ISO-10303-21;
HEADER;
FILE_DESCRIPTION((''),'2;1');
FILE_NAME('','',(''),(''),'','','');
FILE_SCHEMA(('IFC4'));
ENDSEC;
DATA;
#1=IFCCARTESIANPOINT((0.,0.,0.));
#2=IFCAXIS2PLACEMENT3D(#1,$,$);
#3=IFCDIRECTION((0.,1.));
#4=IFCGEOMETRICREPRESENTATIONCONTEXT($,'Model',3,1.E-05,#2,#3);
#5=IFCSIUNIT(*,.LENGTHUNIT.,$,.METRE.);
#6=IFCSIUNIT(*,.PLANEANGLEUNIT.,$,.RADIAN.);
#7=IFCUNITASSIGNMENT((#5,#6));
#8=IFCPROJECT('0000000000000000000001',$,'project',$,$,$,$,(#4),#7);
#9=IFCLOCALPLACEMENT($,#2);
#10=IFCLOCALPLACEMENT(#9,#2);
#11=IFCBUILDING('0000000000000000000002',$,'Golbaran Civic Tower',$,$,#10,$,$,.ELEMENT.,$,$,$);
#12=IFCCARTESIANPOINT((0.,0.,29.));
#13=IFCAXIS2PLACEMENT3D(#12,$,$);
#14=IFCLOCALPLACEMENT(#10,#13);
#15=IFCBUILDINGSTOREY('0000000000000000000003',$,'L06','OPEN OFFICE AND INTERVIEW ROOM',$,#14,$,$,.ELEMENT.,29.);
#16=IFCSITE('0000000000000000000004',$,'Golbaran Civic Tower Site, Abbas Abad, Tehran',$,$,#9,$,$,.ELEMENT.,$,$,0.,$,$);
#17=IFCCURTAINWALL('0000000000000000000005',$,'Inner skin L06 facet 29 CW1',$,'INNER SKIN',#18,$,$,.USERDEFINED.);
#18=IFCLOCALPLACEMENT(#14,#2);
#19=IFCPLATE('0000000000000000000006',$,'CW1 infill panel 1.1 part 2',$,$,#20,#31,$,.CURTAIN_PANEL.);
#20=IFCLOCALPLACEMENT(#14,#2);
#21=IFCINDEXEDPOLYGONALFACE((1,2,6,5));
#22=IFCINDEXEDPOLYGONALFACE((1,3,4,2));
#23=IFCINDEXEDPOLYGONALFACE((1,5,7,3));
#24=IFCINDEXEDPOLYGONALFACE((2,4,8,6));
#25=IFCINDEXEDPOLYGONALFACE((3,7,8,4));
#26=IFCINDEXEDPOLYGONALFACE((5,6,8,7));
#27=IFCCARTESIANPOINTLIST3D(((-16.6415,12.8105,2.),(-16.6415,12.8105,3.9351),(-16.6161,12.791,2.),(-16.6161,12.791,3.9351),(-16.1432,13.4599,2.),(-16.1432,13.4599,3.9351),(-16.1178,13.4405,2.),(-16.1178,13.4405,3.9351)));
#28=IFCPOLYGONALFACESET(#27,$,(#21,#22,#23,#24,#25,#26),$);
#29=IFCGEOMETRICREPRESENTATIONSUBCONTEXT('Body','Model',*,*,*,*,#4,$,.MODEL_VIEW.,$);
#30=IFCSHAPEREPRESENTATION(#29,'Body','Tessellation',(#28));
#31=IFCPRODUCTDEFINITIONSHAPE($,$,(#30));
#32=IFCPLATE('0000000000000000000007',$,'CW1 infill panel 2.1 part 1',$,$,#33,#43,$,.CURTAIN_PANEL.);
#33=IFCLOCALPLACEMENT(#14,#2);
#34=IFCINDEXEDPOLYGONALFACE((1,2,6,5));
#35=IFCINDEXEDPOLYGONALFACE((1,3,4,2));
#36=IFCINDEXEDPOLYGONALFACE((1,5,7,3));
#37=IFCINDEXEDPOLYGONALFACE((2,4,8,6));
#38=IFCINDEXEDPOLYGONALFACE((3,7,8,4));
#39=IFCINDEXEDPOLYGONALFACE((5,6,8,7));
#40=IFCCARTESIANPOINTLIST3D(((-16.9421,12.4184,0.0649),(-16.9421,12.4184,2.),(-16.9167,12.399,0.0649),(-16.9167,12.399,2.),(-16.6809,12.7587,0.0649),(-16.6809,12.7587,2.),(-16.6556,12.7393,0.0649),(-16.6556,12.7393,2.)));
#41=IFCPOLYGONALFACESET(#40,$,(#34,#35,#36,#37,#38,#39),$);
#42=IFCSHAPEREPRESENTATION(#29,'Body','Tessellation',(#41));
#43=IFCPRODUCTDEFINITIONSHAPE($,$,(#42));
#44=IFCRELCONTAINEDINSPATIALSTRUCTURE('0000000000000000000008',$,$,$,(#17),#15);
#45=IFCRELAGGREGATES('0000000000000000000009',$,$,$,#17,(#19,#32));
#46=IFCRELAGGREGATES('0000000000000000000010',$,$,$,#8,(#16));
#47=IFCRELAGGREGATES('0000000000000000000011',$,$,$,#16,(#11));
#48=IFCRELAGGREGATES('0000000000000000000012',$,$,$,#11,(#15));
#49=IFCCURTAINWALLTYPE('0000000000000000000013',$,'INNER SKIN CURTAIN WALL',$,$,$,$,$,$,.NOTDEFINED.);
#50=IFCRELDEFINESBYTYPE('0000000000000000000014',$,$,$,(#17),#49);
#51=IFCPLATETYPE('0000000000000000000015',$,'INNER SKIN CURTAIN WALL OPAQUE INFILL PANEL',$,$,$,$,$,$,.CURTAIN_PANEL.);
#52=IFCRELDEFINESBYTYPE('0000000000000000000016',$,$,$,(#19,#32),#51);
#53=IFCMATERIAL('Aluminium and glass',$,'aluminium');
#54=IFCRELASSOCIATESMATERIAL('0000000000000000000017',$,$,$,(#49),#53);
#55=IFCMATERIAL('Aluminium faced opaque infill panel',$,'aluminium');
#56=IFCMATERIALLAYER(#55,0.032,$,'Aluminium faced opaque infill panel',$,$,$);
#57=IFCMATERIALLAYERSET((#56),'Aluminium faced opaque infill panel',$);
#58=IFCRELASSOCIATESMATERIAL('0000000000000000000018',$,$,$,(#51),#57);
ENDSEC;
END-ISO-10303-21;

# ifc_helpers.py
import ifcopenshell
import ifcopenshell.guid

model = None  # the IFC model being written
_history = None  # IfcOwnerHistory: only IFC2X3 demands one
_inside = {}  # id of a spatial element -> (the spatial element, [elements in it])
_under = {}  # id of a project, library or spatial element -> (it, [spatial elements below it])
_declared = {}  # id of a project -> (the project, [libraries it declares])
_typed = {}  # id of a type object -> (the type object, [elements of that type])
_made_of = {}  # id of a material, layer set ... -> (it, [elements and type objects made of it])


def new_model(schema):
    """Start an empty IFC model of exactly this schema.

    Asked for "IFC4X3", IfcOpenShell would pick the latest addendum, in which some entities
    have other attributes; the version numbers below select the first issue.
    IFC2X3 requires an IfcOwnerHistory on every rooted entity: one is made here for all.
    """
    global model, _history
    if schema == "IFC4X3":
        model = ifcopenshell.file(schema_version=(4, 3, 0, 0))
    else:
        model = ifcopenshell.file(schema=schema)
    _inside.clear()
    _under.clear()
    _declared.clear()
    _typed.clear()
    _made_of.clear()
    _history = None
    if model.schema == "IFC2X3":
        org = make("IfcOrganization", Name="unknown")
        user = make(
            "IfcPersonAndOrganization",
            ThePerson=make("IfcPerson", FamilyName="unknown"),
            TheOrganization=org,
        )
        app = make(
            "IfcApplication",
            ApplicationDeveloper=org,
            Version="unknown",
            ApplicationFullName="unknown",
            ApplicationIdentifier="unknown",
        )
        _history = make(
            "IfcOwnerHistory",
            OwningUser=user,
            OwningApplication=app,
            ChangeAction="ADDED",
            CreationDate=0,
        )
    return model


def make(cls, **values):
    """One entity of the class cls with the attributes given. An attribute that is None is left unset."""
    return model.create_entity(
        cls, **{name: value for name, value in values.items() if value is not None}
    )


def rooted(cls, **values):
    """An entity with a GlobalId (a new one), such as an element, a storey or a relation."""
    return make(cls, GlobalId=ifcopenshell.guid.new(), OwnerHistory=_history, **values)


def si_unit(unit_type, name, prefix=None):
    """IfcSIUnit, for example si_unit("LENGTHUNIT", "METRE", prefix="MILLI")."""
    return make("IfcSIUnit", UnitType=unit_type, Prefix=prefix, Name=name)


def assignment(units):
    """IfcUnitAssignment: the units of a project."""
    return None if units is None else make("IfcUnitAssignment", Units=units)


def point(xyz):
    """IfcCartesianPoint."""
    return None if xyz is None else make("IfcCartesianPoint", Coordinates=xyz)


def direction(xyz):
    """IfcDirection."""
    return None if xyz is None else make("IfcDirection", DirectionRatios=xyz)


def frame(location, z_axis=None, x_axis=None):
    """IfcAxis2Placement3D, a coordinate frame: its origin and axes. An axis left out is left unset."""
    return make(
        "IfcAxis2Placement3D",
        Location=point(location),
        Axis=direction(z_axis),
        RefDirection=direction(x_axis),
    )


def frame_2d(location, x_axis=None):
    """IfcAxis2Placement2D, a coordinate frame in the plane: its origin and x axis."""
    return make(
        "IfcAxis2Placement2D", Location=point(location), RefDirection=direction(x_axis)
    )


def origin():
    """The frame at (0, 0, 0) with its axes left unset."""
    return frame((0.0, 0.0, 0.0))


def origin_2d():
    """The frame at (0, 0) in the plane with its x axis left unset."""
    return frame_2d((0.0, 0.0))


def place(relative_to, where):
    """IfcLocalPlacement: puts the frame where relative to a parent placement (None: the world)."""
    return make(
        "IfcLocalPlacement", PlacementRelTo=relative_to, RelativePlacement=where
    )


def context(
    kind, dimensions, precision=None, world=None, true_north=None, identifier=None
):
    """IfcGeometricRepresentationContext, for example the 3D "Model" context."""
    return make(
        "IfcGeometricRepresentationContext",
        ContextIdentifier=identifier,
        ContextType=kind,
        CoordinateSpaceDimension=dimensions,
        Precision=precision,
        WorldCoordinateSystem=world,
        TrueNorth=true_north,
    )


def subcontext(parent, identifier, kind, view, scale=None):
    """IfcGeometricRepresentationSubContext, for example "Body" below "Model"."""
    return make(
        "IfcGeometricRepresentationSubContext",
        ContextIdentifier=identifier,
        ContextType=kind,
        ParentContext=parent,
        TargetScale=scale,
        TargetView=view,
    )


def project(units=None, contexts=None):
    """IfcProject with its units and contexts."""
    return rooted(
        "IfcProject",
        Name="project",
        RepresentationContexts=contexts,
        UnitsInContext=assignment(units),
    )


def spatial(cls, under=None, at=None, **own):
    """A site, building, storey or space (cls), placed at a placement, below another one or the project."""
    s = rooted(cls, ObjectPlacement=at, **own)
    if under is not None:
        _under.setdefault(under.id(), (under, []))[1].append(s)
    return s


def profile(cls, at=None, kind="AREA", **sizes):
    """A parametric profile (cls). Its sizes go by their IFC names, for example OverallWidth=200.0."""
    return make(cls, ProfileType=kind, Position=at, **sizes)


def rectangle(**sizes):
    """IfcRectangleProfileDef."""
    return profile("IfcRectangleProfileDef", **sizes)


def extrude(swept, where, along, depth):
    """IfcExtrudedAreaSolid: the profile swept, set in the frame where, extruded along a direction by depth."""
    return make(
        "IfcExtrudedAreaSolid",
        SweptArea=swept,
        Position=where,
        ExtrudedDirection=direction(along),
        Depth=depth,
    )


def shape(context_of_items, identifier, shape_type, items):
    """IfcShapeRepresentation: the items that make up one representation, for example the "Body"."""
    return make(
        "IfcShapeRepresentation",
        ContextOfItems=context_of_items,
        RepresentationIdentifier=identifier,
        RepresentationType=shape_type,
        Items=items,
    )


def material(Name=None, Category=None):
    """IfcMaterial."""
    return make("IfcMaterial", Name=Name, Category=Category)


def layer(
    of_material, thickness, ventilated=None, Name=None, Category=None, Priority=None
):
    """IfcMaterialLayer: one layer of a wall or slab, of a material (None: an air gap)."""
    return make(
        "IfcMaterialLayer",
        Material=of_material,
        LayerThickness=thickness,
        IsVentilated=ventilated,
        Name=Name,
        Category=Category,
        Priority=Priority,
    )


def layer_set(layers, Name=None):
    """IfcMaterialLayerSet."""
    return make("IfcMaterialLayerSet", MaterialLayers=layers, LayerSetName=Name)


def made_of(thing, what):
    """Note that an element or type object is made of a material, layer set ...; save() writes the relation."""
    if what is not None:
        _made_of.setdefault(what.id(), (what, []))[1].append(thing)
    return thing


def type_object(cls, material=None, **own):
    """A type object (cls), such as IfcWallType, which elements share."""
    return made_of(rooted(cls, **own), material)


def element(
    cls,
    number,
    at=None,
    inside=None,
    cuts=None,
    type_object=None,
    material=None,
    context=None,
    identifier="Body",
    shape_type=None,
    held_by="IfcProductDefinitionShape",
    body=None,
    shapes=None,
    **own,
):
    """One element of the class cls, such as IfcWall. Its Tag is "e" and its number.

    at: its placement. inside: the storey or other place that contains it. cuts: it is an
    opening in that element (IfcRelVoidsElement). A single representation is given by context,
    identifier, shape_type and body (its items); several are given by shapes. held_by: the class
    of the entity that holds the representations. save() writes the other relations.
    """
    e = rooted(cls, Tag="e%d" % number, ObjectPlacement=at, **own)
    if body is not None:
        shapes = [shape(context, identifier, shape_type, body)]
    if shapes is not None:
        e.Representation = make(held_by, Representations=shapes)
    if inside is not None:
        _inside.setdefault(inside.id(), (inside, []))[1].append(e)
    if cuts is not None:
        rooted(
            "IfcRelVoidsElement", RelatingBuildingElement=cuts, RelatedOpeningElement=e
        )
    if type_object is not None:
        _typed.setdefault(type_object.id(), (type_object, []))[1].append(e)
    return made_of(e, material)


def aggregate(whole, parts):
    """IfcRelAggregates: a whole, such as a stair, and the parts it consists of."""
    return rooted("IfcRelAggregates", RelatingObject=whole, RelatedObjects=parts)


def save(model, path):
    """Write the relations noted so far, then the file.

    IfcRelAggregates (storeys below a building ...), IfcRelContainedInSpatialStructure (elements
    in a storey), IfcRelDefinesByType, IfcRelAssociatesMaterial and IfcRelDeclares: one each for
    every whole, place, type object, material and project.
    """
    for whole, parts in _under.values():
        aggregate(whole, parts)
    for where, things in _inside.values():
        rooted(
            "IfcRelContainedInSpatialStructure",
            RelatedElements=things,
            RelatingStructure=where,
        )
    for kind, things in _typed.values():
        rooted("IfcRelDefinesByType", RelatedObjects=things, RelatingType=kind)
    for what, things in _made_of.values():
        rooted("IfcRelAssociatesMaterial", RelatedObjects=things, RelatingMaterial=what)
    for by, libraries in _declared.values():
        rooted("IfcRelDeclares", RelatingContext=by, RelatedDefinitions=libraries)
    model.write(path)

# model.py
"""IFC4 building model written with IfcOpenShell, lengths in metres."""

from ifc_helpers import new_model, si_unit, direction, frame, origin, origin_2d, place, context, subcontext, project, spatial, rectangle, extrude, material, layer, layer_set, type_object, element, aggregate, save


model = new_model("IFC4")

# Units and contexts
model_context = context("Model", 3, precision=1e-05, world=origin(), true_north=direction((0.0, 1.0)))
body_context = subcontext(model_context, "Body", "Model", "MODEL_VIEW")
ifc_project = project(units=[si_unit("LENGTHUNIT", "METRE"), si_unit("PLANEANGLEUNIT", "RADIAN")], contexts=[model_context])

# Site, building, storey
site_placement = place(None, origin())
site = spatial("IfcSite", under=ifc_project, at=site_placement, Name="Golbaran Civic Tower Site, Abbas Abad, Tehran", CompositionType="ELEMENT", RefElevation=0.0)
building_placement = place(site_placement, origin())
building = spatial("IfcBuilding", under=site, at=building_placement, Name="Golbaran Civic Tower", CompositionType="ELEMENT")
storey_placement = place(building_placement, frame((0.0, 0.0, 29.0)))
storey = spatial("IfcBuildingStorey", under=building, at=storey_placement, Name="L06", Description="OPEN OFFICE AND INTERVIEW ROOM", CompositionType="ELEMENT", Elevation=29.0)

# Curtain wall
ifc_material_1 = material(Name="Aluminium and glass", Category="aluminium")
curtain_wall_type = type_object("IfcCurtainWallType", Name="INNER SKIN CURTAIN WALL", PredefinedType="NOTDEFINED", material=ifc_material_1)
curtain_wall_1_placement = place(storey_placement, origin())
curtain_wall_1 = element("IfcCurtainWall", 1, at=curtain_wall_1_placement, inside=storey, type_object=curtain_wall_type, Name="Inner skin L06 facet 29 CW1", ObjectType="INNER SKIN", PredefinedType="USERDEFINED")

# Plates
ifc_material_2 = material(Name="Aluminium faced opaque infill panel", Category="aluminium")
ifc_layer_1 = layer(ifc_material_2, 0.032, Name="Aluminium faced opaque infill panel")
ifc_layer_set_1 = layer_set([ifc_layer_1], Name="Aluminium faced opaque infill panel")
plate_type_1 = type_object("IfcPlateType", Name="INNER SKIN CURTAIN WALL OPAQUE INFILL PANEL", PredefinedType="CURTAIN_PANEL", material=ifc_layer_set_1)
plate_1_placement = place(storey_placement, frame((-16.3796, 13.1255, 2.0), z_axis=(0.0, 0.0, 1.0), x_axis=(-0.608761, -0.793353, 0.0)))
plate_1 = element("IfcPlate", 2, at=plate_1_placement, type_object=plate_type_1, Name="CW1 infill panel 1.1 part 2", PredefinedType="CURTAIN_PANEL", context=body_context, shape_type="SweptSolid", body=[
    extrude(rectangle(XDim=0.8186, YDim=0.032, at=origin_2d()), origin(), (0.0, 0.0, 1.0), 1.9351),
])
plate_2_placement = place(storey_placement, frame((-16.7988, 12.5789, 0.0649), z_axis=(0.0, 0.0, 1.0), x_axis=(-0.608761, -0.793353, 0.0)))
plate_2 = element("IfcPlate", 3, at=plate_2_placement, type_object=plate_type_1, Name="CW1 infill panel 2.1 part 1", PredefinedType="CURTAIN_PANEL", context=body_context, shape_type="SweptSolid", body=[
    extrude(rectangle(XDim=0.429, YDim=0.032, at=origin_2d()), origin(), (0.0, 0.0, 1.0), 1.9351),
])
aggregate(curtain_wall_1, [plate_1, plate_2])

save(model, "model.ifc")
